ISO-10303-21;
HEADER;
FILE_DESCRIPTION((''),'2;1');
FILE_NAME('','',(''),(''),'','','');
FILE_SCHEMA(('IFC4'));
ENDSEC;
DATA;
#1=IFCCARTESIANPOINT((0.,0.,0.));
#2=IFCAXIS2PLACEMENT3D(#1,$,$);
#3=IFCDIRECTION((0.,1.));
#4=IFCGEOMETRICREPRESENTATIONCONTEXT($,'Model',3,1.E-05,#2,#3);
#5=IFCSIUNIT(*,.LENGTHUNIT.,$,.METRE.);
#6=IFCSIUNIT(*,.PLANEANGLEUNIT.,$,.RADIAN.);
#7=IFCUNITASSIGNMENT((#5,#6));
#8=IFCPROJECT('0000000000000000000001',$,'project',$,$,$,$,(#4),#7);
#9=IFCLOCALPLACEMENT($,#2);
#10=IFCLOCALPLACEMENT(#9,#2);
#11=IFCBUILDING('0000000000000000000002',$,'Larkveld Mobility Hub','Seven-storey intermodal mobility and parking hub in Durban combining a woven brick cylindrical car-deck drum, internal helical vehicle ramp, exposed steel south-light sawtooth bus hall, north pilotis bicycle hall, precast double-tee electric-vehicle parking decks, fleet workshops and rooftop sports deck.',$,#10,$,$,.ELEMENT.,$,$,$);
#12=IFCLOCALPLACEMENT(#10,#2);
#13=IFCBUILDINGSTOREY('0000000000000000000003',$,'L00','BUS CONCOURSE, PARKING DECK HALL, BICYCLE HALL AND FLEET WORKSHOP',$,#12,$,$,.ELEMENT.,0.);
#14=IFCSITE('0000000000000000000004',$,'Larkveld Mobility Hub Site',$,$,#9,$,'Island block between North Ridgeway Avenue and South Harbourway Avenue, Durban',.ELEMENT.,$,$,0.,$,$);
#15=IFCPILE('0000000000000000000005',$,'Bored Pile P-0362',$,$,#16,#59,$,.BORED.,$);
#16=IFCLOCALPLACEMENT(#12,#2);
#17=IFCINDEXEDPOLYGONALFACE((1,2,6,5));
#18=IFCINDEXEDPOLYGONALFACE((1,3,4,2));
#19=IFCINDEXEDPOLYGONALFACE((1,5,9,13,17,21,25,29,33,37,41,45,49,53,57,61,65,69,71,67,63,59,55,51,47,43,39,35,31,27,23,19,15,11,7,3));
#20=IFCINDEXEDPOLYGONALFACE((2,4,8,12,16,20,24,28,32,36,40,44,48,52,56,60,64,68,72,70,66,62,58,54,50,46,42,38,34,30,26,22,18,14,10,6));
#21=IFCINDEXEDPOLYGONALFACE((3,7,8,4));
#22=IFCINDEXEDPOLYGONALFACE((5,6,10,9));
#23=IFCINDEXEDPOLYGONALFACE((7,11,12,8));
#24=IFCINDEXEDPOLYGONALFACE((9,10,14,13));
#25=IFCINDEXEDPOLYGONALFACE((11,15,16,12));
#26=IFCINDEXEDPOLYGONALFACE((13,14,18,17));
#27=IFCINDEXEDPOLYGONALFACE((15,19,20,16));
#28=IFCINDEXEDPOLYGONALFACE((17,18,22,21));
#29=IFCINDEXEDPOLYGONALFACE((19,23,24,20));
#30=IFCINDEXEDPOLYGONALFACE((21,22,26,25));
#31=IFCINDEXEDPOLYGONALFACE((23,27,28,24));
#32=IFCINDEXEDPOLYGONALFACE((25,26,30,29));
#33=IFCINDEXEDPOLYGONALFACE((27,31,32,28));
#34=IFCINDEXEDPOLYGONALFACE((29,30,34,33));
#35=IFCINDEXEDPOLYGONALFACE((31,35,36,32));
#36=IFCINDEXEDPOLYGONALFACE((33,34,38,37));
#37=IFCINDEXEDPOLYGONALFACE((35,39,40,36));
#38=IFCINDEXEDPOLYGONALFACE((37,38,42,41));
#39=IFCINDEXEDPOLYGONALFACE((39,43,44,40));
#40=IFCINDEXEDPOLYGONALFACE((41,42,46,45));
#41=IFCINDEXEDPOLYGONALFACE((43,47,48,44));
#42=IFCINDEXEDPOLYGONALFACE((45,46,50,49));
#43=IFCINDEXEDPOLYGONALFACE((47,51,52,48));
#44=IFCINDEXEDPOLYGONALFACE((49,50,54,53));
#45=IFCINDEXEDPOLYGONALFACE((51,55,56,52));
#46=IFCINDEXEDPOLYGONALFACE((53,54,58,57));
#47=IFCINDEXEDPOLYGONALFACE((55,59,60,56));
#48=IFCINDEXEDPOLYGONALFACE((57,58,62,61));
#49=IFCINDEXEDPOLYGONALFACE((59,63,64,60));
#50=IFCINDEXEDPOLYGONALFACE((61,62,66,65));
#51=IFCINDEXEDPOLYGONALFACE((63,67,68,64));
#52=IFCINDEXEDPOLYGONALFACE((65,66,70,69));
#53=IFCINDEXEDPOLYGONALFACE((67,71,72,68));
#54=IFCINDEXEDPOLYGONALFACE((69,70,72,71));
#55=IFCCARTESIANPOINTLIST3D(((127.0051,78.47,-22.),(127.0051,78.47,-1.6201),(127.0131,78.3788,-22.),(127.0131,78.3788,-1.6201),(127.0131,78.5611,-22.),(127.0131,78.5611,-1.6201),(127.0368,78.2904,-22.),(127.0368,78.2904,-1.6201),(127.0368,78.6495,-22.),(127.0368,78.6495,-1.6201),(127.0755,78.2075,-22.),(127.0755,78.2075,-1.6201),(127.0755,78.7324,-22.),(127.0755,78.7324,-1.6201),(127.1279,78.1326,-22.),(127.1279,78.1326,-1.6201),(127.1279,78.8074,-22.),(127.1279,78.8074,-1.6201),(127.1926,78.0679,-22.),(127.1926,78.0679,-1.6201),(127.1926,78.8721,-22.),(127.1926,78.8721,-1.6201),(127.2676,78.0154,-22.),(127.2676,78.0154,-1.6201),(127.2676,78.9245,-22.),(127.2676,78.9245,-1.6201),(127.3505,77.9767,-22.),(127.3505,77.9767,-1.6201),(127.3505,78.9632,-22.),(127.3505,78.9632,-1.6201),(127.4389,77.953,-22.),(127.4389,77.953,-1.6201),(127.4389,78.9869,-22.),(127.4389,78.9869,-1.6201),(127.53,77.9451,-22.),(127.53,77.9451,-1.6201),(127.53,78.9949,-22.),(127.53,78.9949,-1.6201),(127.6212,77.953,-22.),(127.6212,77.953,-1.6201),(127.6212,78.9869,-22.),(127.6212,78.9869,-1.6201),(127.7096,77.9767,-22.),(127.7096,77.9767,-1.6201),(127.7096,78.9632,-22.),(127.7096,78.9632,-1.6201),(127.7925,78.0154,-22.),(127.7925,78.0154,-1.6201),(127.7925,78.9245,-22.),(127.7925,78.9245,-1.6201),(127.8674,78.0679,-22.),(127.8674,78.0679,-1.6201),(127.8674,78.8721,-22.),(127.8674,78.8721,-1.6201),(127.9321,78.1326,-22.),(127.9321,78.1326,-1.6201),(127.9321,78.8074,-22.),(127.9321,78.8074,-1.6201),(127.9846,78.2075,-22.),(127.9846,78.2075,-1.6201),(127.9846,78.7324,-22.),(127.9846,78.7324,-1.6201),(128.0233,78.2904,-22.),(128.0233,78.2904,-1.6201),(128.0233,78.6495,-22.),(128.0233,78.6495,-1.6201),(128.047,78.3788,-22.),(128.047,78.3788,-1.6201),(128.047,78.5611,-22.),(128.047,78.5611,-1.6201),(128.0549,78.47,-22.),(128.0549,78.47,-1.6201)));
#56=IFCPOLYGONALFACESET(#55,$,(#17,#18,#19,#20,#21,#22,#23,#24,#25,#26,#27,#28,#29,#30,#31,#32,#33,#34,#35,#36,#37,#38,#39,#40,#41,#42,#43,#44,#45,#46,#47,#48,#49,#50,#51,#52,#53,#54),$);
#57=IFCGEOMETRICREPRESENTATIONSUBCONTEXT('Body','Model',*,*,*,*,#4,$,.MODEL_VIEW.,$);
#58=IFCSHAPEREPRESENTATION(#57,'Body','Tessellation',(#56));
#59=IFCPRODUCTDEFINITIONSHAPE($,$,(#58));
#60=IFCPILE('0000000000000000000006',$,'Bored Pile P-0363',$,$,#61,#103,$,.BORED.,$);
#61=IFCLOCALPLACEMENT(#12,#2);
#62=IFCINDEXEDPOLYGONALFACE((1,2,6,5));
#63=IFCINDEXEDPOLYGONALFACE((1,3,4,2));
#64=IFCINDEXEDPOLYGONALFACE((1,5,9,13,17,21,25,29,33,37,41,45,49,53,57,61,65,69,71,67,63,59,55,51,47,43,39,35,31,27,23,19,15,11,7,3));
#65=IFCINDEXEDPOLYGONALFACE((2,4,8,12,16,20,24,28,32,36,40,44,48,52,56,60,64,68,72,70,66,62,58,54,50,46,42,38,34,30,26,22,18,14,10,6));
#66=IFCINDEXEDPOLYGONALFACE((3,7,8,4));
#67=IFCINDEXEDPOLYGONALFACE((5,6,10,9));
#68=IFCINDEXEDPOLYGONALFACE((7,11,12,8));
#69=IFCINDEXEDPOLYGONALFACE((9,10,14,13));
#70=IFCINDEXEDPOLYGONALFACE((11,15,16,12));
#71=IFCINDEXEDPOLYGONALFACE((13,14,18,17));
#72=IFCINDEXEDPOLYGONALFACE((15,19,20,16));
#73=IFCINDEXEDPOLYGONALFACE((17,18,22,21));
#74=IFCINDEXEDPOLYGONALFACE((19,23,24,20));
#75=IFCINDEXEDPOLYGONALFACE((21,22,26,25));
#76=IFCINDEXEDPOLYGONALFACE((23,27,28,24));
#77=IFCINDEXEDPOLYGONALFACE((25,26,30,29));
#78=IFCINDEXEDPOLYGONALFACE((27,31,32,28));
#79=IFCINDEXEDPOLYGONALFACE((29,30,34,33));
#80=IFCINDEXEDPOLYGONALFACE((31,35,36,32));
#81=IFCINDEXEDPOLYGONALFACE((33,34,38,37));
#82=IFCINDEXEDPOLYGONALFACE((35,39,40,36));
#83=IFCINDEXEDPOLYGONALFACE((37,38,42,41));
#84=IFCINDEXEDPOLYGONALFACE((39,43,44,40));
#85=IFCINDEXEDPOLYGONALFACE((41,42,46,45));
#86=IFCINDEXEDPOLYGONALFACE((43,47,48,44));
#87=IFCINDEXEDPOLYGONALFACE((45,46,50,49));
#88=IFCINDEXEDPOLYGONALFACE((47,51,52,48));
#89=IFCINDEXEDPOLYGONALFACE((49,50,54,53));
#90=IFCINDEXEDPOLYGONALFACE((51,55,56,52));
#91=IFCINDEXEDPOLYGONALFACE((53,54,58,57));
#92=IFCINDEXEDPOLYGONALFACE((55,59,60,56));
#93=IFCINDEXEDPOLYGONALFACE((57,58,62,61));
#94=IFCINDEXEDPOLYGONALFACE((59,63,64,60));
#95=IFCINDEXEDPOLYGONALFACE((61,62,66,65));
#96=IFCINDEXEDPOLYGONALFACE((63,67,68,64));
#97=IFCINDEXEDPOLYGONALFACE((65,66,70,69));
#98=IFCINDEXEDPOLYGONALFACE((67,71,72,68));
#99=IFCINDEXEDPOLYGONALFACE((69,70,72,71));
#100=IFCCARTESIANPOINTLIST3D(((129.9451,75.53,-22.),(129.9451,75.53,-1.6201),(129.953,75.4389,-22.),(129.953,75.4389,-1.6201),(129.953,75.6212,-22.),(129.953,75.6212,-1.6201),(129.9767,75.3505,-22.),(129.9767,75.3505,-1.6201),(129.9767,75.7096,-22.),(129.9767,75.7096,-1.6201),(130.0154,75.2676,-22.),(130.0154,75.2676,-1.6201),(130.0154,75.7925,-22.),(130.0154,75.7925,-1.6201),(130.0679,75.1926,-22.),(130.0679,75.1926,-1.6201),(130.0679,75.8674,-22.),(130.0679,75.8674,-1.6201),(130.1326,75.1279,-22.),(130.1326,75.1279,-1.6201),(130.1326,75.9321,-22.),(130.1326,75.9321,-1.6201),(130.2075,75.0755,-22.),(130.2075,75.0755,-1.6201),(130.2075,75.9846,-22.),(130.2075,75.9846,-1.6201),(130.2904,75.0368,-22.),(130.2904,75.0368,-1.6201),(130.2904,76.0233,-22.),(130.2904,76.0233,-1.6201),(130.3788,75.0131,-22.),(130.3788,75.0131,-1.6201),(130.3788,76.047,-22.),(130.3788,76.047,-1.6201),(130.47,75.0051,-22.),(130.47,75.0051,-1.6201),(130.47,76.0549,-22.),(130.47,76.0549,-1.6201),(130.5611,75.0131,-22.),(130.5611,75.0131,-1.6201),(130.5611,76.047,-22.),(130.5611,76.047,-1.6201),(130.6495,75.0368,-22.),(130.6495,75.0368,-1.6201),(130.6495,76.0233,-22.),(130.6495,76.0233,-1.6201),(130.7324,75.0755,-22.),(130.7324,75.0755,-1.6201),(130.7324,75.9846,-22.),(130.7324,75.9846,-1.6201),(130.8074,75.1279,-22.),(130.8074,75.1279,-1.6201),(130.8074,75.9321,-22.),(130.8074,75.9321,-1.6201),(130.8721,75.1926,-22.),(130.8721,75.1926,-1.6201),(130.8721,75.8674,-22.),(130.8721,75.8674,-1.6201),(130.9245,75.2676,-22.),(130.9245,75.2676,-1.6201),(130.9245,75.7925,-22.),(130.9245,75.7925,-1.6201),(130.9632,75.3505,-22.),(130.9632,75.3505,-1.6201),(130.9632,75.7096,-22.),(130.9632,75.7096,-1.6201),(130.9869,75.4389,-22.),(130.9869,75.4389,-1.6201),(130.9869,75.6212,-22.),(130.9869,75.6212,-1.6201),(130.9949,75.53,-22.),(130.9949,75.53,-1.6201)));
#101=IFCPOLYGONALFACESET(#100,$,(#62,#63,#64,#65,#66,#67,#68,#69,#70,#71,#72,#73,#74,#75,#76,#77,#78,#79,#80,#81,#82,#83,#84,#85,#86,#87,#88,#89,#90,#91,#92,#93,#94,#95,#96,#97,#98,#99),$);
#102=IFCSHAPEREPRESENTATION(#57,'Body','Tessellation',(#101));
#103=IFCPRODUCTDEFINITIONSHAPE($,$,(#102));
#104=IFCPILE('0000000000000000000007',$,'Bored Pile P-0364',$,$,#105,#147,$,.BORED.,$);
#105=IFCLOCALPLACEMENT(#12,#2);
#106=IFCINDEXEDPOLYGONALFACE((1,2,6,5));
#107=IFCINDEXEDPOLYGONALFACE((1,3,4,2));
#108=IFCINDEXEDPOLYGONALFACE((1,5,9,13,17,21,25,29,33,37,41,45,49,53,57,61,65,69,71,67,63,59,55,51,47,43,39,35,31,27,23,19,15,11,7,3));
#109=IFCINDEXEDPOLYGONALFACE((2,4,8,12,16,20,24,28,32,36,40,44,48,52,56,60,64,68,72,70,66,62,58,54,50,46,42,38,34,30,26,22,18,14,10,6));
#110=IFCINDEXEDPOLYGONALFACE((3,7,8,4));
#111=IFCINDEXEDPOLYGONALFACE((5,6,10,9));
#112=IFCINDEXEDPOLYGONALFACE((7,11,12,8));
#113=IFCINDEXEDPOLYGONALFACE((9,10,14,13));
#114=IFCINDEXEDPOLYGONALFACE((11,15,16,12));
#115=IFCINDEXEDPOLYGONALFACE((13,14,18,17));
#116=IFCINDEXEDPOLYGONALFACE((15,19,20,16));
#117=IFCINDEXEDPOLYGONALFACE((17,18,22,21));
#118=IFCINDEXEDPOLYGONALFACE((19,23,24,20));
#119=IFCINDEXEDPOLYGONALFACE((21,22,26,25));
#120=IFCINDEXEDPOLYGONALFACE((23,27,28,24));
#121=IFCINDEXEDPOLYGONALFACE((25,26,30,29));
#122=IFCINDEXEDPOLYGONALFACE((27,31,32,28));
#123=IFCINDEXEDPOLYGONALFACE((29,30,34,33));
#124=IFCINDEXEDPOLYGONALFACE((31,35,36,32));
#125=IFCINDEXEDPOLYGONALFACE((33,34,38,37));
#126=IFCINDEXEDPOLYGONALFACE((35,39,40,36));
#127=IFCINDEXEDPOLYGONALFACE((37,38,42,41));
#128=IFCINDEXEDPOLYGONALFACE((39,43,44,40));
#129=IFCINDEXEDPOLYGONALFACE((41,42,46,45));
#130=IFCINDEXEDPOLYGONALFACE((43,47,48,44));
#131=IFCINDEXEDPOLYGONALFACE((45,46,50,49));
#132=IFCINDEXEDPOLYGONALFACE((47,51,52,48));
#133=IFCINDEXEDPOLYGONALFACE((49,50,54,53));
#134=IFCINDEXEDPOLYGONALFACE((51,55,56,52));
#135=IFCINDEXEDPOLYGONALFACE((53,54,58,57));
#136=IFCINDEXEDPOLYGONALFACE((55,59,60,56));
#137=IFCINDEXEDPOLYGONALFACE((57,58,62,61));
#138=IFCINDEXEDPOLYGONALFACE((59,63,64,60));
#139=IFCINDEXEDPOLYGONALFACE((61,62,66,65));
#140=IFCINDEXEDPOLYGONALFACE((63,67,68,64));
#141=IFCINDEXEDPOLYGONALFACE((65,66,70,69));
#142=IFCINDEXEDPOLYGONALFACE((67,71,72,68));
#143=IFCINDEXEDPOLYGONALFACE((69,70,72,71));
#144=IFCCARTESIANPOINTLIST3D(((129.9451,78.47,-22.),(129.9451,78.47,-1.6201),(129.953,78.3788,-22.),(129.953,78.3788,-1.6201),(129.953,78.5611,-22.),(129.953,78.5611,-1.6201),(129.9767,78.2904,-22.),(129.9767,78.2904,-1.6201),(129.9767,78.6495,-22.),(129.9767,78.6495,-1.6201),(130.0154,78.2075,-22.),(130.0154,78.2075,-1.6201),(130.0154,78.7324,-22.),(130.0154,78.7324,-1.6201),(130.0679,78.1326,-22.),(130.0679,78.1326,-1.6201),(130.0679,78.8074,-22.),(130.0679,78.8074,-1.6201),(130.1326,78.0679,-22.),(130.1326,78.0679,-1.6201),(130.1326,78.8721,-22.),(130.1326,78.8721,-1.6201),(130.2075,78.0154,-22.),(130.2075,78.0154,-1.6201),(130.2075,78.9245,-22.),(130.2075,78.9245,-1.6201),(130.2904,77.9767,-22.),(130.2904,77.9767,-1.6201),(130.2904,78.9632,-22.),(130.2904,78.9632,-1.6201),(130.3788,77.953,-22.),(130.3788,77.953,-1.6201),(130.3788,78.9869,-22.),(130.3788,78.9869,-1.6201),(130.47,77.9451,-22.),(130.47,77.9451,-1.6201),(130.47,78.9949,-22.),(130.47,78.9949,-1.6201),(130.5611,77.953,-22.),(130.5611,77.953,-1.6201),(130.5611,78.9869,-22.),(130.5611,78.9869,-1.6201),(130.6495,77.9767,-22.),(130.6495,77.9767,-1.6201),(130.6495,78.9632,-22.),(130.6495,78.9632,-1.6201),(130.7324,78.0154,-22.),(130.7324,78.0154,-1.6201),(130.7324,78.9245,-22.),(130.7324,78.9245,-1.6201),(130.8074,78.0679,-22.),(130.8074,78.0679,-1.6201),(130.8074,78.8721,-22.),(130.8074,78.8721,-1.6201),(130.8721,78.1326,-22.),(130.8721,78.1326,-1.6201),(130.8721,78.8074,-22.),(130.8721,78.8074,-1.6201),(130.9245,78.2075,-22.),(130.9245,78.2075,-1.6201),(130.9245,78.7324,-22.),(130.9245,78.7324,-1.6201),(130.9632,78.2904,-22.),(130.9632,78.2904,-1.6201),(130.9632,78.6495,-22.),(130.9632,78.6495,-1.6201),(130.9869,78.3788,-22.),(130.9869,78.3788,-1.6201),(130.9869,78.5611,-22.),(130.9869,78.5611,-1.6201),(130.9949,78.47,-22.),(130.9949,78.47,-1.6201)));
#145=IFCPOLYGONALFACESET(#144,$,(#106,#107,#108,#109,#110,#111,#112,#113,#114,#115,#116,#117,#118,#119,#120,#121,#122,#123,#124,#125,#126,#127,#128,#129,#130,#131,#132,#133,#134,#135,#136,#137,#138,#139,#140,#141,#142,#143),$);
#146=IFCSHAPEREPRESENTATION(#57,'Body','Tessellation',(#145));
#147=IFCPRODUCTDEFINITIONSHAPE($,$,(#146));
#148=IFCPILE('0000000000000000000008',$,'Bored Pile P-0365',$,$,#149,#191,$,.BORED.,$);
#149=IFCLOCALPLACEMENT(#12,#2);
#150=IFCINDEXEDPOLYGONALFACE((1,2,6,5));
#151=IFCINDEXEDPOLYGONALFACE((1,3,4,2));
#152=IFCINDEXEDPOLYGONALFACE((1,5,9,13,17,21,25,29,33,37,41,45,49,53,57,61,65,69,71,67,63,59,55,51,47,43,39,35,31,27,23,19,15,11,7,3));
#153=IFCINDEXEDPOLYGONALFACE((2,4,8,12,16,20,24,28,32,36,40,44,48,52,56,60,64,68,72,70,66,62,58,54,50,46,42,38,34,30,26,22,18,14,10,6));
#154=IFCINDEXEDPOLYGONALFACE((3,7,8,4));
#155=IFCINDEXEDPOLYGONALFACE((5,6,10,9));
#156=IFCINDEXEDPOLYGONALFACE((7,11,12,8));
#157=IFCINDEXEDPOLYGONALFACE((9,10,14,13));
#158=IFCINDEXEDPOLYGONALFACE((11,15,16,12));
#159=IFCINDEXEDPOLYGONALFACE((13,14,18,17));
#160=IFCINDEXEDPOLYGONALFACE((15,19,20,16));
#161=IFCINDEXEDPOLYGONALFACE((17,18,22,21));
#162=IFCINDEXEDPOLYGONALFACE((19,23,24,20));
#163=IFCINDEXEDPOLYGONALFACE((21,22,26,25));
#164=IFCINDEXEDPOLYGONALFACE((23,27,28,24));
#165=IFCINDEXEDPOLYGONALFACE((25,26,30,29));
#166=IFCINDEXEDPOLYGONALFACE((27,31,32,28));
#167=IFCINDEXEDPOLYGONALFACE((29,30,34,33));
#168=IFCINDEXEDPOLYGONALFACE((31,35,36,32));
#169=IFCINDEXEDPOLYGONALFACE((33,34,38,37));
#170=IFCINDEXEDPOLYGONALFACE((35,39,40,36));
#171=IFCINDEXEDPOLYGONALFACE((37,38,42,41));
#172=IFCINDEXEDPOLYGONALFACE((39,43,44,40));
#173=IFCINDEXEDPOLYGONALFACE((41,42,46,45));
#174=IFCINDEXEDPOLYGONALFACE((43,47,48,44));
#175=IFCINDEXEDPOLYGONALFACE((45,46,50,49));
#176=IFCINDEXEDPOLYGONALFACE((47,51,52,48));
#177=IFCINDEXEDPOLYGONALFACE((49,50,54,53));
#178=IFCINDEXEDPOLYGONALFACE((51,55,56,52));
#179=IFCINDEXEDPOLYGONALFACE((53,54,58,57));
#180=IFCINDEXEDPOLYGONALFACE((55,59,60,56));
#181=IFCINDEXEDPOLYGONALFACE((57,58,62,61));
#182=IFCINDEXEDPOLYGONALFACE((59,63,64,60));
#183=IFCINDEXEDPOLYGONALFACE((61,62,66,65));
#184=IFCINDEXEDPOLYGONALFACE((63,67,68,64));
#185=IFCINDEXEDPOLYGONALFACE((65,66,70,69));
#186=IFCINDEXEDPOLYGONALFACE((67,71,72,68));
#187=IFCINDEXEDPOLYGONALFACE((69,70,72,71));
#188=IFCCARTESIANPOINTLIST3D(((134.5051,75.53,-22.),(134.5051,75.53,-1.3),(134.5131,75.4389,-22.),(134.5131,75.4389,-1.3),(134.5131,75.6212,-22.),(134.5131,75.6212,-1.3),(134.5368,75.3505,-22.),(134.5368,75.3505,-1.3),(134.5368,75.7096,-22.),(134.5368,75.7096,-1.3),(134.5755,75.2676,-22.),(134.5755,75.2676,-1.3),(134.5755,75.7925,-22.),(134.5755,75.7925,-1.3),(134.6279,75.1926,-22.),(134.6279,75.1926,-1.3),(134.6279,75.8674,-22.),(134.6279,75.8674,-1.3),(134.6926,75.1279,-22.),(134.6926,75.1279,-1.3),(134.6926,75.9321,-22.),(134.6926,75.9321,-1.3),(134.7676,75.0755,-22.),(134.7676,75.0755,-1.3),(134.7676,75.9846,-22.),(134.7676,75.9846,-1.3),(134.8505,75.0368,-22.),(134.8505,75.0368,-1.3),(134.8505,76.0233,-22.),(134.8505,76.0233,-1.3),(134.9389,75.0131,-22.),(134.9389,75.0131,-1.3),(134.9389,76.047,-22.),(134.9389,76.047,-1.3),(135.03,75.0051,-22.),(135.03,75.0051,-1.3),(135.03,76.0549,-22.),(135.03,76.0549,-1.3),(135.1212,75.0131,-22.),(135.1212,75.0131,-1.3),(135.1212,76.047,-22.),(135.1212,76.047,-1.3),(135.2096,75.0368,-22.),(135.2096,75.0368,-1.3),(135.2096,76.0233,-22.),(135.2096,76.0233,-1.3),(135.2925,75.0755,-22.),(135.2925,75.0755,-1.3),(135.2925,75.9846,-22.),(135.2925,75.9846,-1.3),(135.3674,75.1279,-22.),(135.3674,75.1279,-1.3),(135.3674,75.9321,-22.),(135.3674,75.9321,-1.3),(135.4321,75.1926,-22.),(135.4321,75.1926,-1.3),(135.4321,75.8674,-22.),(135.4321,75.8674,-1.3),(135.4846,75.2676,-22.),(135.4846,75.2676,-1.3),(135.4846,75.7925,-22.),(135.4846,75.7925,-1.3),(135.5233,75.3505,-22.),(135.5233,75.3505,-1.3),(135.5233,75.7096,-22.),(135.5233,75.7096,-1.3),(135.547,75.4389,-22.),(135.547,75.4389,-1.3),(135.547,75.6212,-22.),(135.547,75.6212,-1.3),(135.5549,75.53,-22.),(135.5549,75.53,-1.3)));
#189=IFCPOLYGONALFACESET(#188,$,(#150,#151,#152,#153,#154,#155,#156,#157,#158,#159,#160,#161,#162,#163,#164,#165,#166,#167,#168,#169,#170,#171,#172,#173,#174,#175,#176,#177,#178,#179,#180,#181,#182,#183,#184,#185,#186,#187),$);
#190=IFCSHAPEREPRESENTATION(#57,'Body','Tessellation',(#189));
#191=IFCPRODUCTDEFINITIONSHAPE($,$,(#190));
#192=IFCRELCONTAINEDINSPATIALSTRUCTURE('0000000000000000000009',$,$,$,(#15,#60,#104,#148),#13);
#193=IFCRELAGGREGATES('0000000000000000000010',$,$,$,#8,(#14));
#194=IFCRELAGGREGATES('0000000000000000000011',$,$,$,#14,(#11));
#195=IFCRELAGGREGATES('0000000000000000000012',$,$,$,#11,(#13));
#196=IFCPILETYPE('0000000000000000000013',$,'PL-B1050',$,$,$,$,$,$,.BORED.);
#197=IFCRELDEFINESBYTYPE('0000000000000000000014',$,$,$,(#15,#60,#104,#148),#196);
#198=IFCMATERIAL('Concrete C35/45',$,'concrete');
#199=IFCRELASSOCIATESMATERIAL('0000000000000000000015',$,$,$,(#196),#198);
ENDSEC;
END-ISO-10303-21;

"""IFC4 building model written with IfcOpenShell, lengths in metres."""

from ifc_helpers import new_model, si_unit, direction, frame, origin, origin_2d, place, context, subcontext, project, spatial, circle, extrude, material, material_profile, profile_set, type_object, element, save


model = new_model("IFC4")

# Units and contexts
model_context = context("Model", 3, precision=1e-05, world=origin(), true_north=direction((0.0, 1.0)))
body_context = subcontext(model_context, "Body", "Model", "MODEL_VIEW")
ifc_project = project(units=[si_unit("LENGTHUNIT", "METRE"), si_unit("PLANEANGLEUNIT", "RADIAN")], contexts=[model_context])

# Site, building, storey
site_placement = place(None, origin())
site = spatial("IfcSite", under=ifc_project, at=site_placement, Name="Larkveld Mobility Hub Site", LongName="Island block between North Ridgeway Avenue and South Harbourway Avenue, Durban", CompositionType="ELEMENT", RefElevation=0.0)
building_placement = place(site_placement, origin())
building = spatial("IfcBuilding", under=site, at=building_placement, Name="Larkveld Mobility Hub", Description="Seven-storey intermodal mobility and parking hub in Durban combining a woven brick cylindrical car-deck drum, internal helical vehicle ramp, exposed steel south-light sawtooth bus hall, north pilotis bicycle hall, precast double-tee electric-vehicle parking decks, fleet workshops and rooftop sports deck.", CompositionType="ELEMENT")
storey_placement = place(building_placement, origin())
storey = spatial("IfcBuildingStorey", under=building, at=storey_placement, Name="L00", Description="BUS CONCOURSE, PARKING DECK HALL, BICYCLE HALL AND FLEET WORKSHOP", CompositionType="ELEMENT", Elevation=0.0)

# Shared definitions
ifc_material_1 = material(Name="Concrete C35/45", Category="concrete")

# Piles
ifc_material_profile_1 = material_profile(ifc_material_1, circle(Radius=0.5249, at=origin_2d()), Name="PILE D1050")
ifc_profile_set_1 = profile_set([ifc_material_profile_1], Name="Concrete C35/45")
pile_type = type_object("IfcPileType", Name="PL-B1050", PredefinedType="BORED", material=ifc_profile_set_1)
for number, where, z_axis, x_axis, name in (
    (1, (127.53, 78.47, -1.6201), (0.0, 0.0, -1.0), (1.0, 0.0, 0.0), "Bored Pile P-0362"),
    (2, (130.47, 75.53, -1.6201), (0.0, 0.0, -1.0), (1.0, 0.0, 0.0), "Bored Pile P-0363"),
    (3, (130.47, 78.47, -1.6201), (0.0, 0.0, -1.0), (1.0, 0.0, 0.0), "Bored Pile P-0364"),
):
    element("IfcPile", number, at=place(storey_placement, frame(where, z_axis=z_axis, x_axis=x_axis)), inside=storey, type_object=pile_type, Name=name, PredefinedType="BORED", context=body_context, shape_type="SweptSolid", body=[
        extrude(circle(Radius=0.5249, at=origin_2d()), origin(), (0.0, 0.0, 1.0), 20.3799),
    ])
for number, where, z_axis, x_axis, name in (
    (4, (135.03, 75.53, -1.3), (0.0, 0.0, -1.0), (1.0, 0.0, 0.0), "Bored Pile P-0365"),
):
    element("IfcPile", number, at=place(storey_placement, frame(where, z_axis=z_axis, x_axis=x_axis)), inside=storey, type_object=pile_type, Name=name, PredefinedType="BORED", context=body_context, shape_type="SweptSolid", body=[
        extrude(circle(Radius=0.5249, at=origin_2d()), origin(), (0.0, 0.0, 1.0), 20.7),
    ])

save(model, "model.ifc")
